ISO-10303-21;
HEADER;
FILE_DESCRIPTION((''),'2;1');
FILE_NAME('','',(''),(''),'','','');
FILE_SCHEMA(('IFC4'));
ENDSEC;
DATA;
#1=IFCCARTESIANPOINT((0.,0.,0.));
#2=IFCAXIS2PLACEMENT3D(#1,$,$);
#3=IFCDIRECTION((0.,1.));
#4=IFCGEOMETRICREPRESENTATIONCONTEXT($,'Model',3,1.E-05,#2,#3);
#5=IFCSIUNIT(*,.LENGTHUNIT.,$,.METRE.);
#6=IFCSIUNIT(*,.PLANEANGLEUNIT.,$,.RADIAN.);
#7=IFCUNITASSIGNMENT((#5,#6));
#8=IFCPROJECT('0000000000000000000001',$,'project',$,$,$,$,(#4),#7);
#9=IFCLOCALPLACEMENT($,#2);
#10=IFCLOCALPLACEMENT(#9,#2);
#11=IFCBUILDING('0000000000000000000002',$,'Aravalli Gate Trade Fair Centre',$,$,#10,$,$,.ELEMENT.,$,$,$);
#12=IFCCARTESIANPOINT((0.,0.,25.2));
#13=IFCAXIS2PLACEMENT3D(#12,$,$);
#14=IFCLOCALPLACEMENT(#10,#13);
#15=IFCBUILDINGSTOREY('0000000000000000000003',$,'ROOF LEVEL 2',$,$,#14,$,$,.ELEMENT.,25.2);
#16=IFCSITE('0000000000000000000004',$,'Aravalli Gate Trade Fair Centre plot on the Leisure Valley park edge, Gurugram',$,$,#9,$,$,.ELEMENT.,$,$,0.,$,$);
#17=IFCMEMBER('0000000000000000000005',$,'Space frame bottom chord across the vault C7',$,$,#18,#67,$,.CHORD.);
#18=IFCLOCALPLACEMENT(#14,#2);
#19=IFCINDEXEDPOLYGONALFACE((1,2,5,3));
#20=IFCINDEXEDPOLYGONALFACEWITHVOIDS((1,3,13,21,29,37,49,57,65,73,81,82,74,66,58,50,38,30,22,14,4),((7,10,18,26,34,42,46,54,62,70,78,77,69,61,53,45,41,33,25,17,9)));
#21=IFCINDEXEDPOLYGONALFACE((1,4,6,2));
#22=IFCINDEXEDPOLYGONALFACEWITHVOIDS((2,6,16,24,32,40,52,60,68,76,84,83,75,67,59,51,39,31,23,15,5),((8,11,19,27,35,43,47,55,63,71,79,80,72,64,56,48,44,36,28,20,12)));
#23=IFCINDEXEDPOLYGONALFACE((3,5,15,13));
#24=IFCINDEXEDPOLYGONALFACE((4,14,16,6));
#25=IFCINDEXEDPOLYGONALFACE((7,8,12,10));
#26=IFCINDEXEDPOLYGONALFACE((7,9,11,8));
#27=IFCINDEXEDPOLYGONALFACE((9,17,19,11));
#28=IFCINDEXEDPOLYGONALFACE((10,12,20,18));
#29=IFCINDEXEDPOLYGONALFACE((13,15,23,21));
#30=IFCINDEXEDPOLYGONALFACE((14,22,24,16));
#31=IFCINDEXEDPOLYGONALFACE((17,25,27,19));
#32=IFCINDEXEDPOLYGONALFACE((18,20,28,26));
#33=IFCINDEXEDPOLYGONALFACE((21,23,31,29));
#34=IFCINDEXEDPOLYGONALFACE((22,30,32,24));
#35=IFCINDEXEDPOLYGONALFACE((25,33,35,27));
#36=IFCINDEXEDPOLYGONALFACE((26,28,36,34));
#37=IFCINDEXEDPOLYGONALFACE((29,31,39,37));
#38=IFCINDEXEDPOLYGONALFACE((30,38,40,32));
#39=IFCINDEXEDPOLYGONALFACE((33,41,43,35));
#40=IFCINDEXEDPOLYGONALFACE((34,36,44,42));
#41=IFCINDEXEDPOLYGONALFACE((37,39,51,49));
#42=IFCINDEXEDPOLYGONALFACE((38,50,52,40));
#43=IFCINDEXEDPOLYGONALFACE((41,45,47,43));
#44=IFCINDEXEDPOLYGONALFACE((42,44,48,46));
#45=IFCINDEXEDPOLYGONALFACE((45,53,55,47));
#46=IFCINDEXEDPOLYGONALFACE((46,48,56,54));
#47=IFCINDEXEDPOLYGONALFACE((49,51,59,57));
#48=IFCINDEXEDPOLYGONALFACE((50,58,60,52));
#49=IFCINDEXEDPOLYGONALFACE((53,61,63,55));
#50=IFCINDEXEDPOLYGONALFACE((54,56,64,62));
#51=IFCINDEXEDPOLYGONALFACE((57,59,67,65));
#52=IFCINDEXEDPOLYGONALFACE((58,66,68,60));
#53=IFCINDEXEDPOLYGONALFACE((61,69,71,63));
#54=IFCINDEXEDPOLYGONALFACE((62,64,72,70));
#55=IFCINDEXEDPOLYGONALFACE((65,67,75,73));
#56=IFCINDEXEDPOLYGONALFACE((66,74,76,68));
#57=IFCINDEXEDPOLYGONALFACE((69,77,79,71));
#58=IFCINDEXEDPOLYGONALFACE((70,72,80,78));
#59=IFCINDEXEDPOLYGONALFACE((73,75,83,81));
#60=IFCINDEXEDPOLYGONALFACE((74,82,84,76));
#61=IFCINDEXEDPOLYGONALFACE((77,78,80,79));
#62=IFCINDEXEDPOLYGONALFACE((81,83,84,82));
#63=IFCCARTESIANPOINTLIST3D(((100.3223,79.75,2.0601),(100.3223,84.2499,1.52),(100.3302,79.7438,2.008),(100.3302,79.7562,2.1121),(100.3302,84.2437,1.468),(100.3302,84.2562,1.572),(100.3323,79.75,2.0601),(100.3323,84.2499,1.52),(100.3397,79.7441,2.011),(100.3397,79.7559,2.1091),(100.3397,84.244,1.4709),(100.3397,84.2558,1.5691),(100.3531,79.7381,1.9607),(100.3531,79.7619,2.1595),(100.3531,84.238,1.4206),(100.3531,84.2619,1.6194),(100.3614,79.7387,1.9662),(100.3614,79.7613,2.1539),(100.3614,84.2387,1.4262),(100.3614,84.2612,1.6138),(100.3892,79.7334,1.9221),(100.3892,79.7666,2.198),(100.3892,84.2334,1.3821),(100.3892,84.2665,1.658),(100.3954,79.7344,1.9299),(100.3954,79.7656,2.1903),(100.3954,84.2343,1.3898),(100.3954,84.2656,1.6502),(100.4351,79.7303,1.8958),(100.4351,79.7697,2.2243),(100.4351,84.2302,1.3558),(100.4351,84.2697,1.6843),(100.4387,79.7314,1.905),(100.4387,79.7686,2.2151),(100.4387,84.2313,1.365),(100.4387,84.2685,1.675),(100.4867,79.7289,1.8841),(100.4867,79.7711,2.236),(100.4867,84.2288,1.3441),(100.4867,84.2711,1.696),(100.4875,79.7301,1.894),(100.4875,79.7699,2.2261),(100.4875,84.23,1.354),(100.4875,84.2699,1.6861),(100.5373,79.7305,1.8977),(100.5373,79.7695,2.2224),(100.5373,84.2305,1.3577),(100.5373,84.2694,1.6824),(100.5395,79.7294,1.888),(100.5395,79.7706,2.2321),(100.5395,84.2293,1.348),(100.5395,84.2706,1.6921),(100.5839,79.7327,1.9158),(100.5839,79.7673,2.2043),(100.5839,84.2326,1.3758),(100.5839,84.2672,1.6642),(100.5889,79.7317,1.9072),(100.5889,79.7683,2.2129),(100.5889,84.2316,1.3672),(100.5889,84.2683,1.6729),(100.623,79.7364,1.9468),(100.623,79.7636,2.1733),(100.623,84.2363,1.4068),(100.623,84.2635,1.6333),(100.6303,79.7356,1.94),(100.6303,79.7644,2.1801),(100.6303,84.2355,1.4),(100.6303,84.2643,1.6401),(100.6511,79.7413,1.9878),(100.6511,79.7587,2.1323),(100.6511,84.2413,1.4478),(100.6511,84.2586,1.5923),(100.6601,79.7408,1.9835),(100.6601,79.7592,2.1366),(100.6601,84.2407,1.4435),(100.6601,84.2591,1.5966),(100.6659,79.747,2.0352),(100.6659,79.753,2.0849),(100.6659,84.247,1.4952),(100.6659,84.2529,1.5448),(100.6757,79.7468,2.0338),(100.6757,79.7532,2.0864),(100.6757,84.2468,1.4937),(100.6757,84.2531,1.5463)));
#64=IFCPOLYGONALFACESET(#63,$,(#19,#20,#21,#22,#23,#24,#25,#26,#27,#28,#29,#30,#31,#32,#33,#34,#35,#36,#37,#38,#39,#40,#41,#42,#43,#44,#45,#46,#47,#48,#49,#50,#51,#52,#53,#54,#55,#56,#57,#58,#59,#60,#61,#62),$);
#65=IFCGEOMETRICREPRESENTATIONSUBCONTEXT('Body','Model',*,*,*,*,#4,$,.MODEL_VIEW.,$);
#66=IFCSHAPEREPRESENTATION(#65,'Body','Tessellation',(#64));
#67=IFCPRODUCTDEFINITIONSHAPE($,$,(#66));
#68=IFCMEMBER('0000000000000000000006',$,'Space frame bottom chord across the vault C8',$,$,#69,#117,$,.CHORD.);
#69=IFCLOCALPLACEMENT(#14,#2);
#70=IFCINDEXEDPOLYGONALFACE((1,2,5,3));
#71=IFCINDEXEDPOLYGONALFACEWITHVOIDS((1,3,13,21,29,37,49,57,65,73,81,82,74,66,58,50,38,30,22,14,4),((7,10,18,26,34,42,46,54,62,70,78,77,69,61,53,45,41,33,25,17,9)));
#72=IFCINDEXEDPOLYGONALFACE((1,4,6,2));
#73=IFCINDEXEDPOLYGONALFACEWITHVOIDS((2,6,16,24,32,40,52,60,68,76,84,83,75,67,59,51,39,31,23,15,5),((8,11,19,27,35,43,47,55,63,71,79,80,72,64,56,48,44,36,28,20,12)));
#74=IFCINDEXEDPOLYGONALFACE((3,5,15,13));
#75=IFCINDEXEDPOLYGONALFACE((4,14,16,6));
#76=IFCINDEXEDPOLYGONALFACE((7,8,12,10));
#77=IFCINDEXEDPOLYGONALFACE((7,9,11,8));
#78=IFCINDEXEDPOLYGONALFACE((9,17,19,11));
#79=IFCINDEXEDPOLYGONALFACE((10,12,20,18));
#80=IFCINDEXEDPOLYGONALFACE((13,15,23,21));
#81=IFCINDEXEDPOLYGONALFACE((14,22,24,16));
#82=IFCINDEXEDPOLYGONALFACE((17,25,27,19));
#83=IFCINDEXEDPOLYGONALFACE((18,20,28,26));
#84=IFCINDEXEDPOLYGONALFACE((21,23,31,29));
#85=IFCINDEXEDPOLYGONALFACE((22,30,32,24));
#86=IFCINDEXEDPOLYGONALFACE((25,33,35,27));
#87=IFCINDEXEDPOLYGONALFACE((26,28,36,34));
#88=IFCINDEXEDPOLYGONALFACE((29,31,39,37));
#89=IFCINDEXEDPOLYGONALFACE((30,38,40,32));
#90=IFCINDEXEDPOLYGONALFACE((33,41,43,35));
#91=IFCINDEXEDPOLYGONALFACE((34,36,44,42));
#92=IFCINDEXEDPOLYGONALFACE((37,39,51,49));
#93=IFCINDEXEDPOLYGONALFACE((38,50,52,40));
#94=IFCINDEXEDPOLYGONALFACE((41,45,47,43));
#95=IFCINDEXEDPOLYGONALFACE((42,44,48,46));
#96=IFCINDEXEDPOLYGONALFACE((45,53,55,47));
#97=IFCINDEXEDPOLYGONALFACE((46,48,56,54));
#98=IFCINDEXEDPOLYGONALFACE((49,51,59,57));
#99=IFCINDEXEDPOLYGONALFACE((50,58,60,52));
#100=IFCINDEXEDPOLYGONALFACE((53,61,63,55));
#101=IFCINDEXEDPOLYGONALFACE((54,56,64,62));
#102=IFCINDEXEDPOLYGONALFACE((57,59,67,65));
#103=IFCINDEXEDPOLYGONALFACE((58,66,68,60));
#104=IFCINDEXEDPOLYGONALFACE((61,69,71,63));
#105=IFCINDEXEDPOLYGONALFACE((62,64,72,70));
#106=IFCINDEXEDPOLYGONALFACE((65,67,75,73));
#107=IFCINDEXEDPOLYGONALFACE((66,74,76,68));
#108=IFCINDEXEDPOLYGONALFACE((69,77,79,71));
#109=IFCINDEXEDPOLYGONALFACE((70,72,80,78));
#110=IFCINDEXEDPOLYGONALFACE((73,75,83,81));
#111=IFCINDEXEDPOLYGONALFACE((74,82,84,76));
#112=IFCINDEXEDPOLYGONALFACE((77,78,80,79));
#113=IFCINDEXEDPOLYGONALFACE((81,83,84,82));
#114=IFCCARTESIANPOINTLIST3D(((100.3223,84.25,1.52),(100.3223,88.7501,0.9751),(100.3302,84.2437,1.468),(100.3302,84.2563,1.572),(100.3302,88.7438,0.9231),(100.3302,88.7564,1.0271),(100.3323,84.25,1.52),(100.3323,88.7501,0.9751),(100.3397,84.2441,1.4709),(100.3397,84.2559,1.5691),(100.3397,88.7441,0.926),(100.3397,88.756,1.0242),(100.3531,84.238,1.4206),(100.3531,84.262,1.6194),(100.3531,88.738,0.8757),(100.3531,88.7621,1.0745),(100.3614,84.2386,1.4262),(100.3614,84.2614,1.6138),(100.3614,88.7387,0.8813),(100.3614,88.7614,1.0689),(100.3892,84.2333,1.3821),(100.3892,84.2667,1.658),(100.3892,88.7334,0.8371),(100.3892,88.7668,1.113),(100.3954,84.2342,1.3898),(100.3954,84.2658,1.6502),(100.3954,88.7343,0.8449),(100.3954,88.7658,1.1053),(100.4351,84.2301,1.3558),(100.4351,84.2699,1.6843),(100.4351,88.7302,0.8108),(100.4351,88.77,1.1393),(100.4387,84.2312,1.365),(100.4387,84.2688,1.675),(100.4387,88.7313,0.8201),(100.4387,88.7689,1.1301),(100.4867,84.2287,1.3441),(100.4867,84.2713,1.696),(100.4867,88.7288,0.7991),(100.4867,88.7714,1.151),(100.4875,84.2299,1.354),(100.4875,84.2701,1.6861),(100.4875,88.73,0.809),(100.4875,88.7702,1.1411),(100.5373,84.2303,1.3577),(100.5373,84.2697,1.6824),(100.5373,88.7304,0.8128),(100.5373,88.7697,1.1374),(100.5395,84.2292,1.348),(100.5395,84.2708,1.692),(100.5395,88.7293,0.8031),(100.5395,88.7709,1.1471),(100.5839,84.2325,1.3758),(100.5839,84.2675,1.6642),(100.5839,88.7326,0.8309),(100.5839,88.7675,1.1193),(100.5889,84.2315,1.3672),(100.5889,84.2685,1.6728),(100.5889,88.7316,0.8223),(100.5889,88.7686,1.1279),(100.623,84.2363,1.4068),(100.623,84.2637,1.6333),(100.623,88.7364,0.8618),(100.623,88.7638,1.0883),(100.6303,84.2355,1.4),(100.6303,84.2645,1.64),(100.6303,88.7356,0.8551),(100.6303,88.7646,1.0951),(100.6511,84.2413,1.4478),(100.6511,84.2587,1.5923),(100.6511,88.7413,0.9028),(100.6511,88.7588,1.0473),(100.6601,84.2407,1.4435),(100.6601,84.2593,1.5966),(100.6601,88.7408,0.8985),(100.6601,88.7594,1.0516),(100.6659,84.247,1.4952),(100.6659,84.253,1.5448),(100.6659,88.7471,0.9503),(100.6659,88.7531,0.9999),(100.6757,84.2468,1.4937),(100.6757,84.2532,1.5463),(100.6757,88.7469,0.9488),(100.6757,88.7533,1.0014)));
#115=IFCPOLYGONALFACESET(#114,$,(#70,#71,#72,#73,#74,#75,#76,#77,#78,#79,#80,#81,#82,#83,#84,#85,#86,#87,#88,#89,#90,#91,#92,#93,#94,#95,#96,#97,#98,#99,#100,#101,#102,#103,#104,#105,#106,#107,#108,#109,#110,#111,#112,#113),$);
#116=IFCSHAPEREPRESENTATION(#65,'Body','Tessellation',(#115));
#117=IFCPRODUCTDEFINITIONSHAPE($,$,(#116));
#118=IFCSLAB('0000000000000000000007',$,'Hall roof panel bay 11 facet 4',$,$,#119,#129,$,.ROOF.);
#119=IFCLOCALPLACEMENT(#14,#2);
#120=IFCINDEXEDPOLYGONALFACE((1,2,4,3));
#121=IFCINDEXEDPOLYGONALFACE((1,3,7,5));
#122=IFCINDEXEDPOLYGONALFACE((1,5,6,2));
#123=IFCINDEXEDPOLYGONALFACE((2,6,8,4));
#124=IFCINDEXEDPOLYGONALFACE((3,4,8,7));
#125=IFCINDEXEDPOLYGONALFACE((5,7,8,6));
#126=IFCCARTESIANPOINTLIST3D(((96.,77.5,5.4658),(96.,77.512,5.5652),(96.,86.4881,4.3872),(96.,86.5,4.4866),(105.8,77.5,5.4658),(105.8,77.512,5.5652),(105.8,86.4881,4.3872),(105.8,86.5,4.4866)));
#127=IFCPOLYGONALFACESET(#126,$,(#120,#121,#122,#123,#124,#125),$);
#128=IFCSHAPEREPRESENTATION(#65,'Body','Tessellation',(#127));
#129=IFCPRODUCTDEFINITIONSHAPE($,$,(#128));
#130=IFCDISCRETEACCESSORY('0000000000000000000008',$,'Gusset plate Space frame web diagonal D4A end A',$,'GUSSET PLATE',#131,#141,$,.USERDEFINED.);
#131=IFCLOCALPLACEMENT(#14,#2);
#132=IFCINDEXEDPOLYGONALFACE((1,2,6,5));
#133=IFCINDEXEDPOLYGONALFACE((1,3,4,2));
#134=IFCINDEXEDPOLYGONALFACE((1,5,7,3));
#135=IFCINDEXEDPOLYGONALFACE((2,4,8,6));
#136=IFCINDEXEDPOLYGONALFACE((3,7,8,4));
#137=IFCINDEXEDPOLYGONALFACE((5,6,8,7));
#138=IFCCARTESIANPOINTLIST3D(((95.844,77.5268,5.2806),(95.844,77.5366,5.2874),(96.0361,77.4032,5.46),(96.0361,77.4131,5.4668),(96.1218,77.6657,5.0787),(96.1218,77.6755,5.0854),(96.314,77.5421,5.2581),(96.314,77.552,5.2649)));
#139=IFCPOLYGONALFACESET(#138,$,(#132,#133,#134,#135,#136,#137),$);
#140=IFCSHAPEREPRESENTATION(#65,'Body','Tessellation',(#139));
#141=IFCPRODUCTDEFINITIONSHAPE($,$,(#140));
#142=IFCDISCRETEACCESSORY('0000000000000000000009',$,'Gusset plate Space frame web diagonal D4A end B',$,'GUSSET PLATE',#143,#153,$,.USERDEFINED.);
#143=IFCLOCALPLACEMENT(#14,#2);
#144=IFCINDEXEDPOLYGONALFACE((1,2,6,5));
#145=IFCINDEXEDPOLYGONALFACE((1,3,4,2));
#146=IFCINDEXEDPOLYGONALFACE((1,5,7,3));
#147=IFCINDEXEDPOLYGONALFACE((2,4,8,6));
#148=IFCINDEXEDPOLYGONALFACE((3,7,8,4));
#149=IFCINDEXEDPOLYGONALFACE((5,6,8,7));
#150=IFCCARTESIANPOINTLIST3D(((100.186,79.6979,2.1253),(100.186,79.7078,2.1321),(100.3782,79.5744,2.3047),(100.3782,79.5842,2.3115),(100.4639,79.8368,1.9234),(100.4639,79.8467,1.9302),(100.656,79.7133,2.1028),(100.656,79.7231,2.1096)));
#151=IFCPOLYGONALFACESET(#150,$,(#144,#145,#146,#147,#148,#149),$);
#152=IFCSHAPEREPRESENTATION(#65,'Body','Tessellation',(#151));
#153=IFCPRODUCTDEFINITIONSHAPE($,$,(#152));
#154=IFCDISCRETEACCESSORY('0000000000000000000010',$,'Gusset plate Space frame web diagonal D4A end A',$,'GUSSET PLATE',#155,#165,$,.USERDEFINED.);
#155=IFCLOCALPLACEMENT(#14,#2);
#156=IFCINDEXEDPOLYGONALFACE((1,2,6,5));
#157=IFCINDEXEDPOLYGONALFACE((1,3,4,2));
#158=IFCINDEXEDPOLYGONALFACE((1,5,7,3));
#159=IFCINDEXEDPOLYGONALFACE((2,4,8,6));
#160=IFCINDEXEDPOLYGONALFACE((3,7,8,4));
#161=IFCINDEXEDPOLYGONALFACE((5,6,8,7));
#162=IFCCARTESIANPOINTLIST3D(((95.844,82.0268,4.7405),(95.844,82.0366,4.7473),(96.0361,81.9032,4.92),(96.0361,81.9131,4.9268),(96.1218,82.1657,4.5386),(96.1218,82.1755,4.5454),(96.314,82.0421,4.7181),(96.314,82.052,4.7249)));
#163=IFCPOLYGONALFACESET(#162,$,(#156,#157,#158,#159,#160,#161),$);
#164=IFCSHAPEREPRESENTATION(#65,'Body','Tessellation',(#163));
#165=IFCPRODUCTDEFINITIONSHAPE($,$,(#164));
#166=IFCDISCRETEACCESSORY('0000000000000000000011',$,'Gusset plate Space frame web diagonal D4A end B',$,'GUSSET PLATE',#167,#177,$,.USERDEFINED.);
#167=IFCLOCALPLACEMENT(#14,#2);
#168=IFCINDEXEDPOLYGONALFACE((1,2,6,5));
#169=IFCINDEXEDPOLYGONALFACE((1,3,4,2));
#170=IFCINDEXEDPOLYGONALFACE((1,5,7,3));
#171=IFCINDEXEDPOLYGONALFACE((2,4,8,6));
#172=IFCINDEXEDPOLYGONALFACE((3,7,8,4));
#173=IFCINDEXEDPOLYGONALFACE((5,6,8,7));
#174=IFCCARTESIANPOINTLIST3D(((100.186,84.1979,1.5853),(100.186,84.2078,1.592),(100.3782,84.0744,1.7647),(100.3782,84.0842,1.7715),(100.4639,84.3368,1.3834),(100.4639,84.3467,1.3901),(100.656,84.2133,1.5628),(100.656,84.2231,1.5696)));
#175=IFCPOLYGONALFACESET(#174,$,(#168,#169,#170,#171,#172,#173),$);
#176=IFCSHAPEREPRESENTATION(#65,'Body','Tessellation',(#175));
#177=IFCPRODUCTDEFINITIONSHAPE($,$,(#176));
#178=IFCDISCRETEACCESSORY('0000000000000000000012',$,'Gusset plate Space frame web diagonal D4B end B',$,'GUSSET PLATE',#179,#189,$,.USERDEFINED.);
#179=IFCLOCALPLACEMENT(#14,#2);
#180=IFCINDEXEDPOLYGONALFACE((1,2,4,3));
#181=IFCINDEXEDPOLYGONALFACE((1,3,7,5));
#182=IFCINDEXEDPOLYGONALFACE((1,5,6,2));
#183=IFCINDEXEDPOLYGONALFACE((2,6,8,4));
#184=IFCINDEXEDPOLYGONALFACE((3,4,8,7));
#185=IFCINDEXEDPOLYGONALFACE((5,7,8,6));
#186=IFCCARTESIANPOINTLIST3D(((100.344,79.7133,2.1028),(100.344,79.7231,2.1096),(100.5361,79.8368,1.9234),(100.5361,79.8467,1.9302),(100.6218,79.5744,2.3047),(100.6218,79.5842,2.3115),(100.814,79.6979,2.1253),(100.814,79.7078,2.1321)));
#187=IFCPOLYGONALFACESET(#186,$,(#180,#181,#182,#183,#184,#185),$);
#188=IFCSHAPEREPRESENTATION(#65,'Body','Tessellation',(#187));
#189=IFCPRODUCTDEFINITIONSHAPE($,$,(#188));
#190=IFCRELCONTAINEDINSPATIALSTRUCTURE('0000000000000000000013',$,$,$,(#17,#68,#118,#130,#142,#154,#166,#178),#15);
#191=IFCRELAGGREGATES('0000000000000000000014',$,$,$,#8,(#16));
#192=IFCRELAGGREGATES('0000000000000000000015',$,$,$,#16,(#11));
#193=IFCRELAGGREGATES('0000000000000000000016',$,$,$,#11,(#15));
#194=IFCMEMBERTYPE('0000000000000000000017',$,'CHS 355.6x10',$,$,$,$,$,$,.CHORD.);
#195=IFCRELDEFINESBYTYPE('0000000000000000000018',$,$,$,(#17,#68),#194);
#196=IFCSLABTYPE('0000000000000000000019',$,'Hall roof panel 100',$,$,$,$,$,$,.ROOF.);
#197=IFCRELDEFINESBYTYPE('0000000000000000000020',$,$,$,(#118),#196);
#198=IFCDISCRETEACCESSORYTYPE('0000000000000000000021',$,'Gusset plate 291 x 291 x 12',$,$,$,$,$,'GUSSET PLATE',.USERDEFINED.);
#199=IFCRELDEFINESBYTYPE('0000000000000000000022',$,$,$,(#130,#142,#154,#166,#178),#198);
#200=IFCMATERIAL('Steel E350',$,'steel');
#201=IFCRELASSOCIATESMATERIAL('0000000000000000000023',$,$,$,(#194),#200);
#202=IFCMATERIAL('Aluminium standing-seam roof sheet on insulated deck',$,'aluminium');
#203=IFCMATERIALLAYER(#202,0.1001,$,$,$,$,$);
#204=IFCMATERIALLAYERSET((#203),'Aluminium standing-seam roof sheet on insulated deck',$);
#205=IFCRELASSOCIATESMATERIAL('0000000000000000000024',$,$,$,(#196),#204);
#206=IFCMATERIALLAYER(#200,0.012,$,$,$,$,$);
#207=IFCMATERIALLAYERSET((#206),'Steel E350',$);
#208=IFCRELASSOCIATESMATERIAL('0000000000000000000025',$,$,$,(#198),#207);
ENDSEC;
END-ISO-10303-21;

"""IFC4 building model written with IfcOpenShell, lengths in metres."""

from ifc_helpers import new_model, si_unit, direction, frame, origin, origin_2d, place, context, subcontext, project, spatial, polyline, hollow_circle, outline, extrude, material, layer, layer_set, material_profile, profile_set, type_object, element, save


model = new_model("IFC4")

# Units and contexts
model_context = context("Model", 3, precision=1e-05, world=origin(), true_north=direction((0.0, 1.0)))
body_context = subcontext(model_context, "Body", "Model", "MODEL_VIEW")
ifc_project = project(units=[si_unit("LENGTHUNIT", "METRE"), si_unit("PLANEANGLEUNIT", "RADIAN")], contexts=[model_context])

# Site, building, storey
site_placement = place(None, origin())
site = spatial("IfcSite", under=ifc_project, at=site_placement, Name="Aravalli Gate Trade Fair Centre plot on the Leisure Valley park edge, Gurugram", CompositionType="ELEMENT", RefElevation=0.0)
building_placement = place(site_placement, origin())
building = spatial("IfcBuilding", under=site, at=building_placement, Name="Aravalli Gate Trade Fair Centre", CompositionType="ELEMENT")
storey_placement = place(building_placement, frame((0.0, 0.0, 25.2)))
storey = spatial("IfcBuildingStorey", under=building, at=storey_placement, Name="ROOF LEVEL 2", CompositionType="ELEMENT", Elevation=25.2)

# Members
ifc_material_1 = material(Name="Steel E350", Category="steel")
ifc_material_profile_1 = material_profile(ifc_material_1, hollow_circle(Radius=0.1777, WallThickness=0.01, at=origin_2d()), Name="CHS 355.6x10")
ifc_profile_set_1 = profile_set([ifc_material_profile_1], Name="Steel E350")
member_type_1 = type_object("IfcMemberType", Name="CHS 355.6x10", PredefinedType="CHORD", material=ifc_profile_set_1)
member_1_placement = place(storey_placement, frame((100.5, 79.75, 2.0601), z_axis=(0.0, 0.992876, -0.119154), x_axis=(-1.0, 0.0, 0.0)))
element("IfcMember", 1, at=member_1_placement, inside=storey, type_object=member_type_1, Name="Space frame bottom chord across the vault C7", PredefinedType="CHORD", context=body_context, shape_type="SweptSolid", body=[
    extrude(hollow_circle(Radius=0.1777, WallThickness=0.01, at=origin_2d()), origin(), (0.0, 0.0, 1.0), 4.5322),
])
member_2_placement = place(storey_placement, frame((100.5, 84.25, 1.52), z_axis=(0.0, 0.992748, -0.120216), x_axis=(-1.0, 0.0, 0.0)))
element("IfcMember", 2, at=member_2_placement, inside=storey, type_object=member_type_1, Name="Space frame bottom chord across the vault C8", PredefinedType="CHORD", context=body_context, shape_type="SweptSolid", body=[
    extrude(hollow_circle(Radius=0.1777, WallThickness=0.01, at=origin_2d()), origin(), (0.0, 0.0, 1.0), 4.533),
])

# Slab
ifc_material_2 = material(Name="Aluminium standing-seam roof sheet on insulated deck", Category="aluminium")
ifc_layer_1 = layer(ifc_material_2, 0.1001)
ifc_layer_set_1 = layer_set([ifc_layer_1], Name="Aluminium standing-seam roof sheet on insulated deck")
slab_type = type_object("IfcSlabType", Name="Hall roof panel 100", PredefinedType="ROOF", material=ifc_layer_set_1)
slab_placement = place(storey_placement, frame((96.0, 77.512, 5.5652), z_axis=(0.0, 0.119151, 0.992876), x_axis=(1.0, 0.0, 0.0)))
element("IfcSlab", 3, at=slab_placement, inside=storey, type_object=slab_type, Name="Hall roof panel bay 11 facet 4", PredefinedType="ROOF", context=body_context, shape_type="SweptSolid", body=[
    extrude(outline(polyline([(0.0, 0.0), (9.8, 0.0), (9.8, 9.0525), (0.0, 9.0525), (0.0, 0.0)])), origin(), (0.0, 0.0, -1.0), 0.1001),
])

# Discrete accessories
ifc_layer_2 = layer(ifc_material_1, 0.012)
ifc_layer_set_2 = layer_set([ifc_layer_2], Name="Steel E350")
discrete_accessory_type = type_object("IfcDiscreteAccessoryType", Name="Gusset plate 291 x 291 x 12", ElementType="GUSSET PLATE", PredefinedType="USERDEFINED", material=ifc_layer_set_2)
discrete_accessory_1_placement = place(storey_placement, frame((96.1218, 77.6755, 5.0854), z_axis=(0.000137, 0.82375, 0.566952), x_axis=(-0.749929, -0.374965, 0.544984)))
element("IfcDiscreteAccessory", 4, at=discrete_accessory_1_placement, inside=storey, type_object=discrete_accessory_type, Name="Gusset plate Space frame web diagonal D4A end A", ObjectType="GUSSET PLATE", PredefinedType="USERDEFINED", context=body_context, shape_type="SweptSolid", body=[
    extrude(outline(polyline([(0.0, 0.0), (0.3705, 0.0), (0.3705, 0.2905), (0.0, 0.2905), (0.0, 0.0)])), origin(), (0.0, 0.0, -1.0), 0.012),
])
discrete_accessory_2_placement = place(storey_placement, frame((100.186, 79.7078, 2.1321), z_axis=(0.000137, 0.82375, 0.566952), x_axis=(0.749929, 0.374965, -0.544984)))
element("IfcDiscreteAccessory", 5, at=discrete_accessory_2_placement, inside=storey, type_object=discrete_accessory_type, Name="Gusset plate Space frame web diagonal D4A end B", ObjectType="GUSSET PLATE", PredefinedType="USERDEFINED", context=body_context, shape_type="SweptSolid", body=[
    extrude(outline(polyline([(0.0, 0.0), (0.3705, 0.0), (0.3705, -0.2905), (0.0, -0.2905), (0.0, 0.0)])), origin(), (0.0, 0.0, -1.0), 0.012),
])
discrete_accessory_3_placement = place(storey_placement, frame((96.1218, 82.1755, 4.5454), z_axis=(0.000137, 0.82375, 0.566952), x_axis=(-0.749929, -0.374965, 0.544984)))
element("IfcDiscreteAccessory", 6, at=discrete_accessory_3_placement, inside=storey, type_object=discrete_accessory_type, Name="Gusset plate Space frame web diagonal D4A end A", ObjectType="GUSSET PLATE", PredefinedType="USERDEFINED", context=body_context, shape_type="SweptSolid", body=[
    extrude(outline(polyline([(0.0, 0.0), (0.3705, 0.0), (0.3705, 0.2905), (0.0, 0.2905), (0.0, 0.0)])), origin(), (0.0, 0.0, -1.0), 0.012),
])
discrete_accessory_4_placement = place(storey_placement, frame((100.186, 84.2078, 1.592), z_axis=(0.000137, 0.82375, 0.566952), x_axis=(0.749929, 0.374965, -0.544984)))
element("IfcDiscreteAccessory", 7, at=discrete_accessory_4_placement, inside=storey, type_object=discrete_accessory_type, Name="Gusset plate Space frame web diagonal D4A end B", ObjectType="GUSSET PLATE", PredefinedType="USERDEFINED", context=body_context, shape_type="SweptSolid", body=[
    extrude(outline(polyline([(0.0, 0.0), (0.3705, 0.0), (0.3705, -0.2905), (0.0, -0.2905), (0.0, 0.0)])), origin(), (0.0, 0.0, -1.0), 0.012),
])
for number, where, z_axis, x_axis, name in (
    (8, (100.6218, 79.5842, 2.3115), (-0.000137, 0.82375, 0.566952), (-0.749929, 0.374965, -0.544984), "Gusset plate Space frame web diagonal D4B end B"),
):
    element("IfcDiscreteAccessory", number, at=place(storey_placement, frame(where, z_axis=z_axis, x_axis=x_axis)), inside=storey, type_object=discrete_accessory_type, Name=name, ObjectType="GUSSET PLATE", PredefinedType="USERDEFINED", context=body_context, shape_type="SweptSolid", body=[
        extrude(outline(polyline([(0.0, 0.0), (0.3705, 0.0), (0.3705, -0.2905), (0.0, -0.2905), (0.0, 0.0)])), origin(), (0.0, 0.0, -1.0), 0.012),
    ])

save(model, "model.ifc")
